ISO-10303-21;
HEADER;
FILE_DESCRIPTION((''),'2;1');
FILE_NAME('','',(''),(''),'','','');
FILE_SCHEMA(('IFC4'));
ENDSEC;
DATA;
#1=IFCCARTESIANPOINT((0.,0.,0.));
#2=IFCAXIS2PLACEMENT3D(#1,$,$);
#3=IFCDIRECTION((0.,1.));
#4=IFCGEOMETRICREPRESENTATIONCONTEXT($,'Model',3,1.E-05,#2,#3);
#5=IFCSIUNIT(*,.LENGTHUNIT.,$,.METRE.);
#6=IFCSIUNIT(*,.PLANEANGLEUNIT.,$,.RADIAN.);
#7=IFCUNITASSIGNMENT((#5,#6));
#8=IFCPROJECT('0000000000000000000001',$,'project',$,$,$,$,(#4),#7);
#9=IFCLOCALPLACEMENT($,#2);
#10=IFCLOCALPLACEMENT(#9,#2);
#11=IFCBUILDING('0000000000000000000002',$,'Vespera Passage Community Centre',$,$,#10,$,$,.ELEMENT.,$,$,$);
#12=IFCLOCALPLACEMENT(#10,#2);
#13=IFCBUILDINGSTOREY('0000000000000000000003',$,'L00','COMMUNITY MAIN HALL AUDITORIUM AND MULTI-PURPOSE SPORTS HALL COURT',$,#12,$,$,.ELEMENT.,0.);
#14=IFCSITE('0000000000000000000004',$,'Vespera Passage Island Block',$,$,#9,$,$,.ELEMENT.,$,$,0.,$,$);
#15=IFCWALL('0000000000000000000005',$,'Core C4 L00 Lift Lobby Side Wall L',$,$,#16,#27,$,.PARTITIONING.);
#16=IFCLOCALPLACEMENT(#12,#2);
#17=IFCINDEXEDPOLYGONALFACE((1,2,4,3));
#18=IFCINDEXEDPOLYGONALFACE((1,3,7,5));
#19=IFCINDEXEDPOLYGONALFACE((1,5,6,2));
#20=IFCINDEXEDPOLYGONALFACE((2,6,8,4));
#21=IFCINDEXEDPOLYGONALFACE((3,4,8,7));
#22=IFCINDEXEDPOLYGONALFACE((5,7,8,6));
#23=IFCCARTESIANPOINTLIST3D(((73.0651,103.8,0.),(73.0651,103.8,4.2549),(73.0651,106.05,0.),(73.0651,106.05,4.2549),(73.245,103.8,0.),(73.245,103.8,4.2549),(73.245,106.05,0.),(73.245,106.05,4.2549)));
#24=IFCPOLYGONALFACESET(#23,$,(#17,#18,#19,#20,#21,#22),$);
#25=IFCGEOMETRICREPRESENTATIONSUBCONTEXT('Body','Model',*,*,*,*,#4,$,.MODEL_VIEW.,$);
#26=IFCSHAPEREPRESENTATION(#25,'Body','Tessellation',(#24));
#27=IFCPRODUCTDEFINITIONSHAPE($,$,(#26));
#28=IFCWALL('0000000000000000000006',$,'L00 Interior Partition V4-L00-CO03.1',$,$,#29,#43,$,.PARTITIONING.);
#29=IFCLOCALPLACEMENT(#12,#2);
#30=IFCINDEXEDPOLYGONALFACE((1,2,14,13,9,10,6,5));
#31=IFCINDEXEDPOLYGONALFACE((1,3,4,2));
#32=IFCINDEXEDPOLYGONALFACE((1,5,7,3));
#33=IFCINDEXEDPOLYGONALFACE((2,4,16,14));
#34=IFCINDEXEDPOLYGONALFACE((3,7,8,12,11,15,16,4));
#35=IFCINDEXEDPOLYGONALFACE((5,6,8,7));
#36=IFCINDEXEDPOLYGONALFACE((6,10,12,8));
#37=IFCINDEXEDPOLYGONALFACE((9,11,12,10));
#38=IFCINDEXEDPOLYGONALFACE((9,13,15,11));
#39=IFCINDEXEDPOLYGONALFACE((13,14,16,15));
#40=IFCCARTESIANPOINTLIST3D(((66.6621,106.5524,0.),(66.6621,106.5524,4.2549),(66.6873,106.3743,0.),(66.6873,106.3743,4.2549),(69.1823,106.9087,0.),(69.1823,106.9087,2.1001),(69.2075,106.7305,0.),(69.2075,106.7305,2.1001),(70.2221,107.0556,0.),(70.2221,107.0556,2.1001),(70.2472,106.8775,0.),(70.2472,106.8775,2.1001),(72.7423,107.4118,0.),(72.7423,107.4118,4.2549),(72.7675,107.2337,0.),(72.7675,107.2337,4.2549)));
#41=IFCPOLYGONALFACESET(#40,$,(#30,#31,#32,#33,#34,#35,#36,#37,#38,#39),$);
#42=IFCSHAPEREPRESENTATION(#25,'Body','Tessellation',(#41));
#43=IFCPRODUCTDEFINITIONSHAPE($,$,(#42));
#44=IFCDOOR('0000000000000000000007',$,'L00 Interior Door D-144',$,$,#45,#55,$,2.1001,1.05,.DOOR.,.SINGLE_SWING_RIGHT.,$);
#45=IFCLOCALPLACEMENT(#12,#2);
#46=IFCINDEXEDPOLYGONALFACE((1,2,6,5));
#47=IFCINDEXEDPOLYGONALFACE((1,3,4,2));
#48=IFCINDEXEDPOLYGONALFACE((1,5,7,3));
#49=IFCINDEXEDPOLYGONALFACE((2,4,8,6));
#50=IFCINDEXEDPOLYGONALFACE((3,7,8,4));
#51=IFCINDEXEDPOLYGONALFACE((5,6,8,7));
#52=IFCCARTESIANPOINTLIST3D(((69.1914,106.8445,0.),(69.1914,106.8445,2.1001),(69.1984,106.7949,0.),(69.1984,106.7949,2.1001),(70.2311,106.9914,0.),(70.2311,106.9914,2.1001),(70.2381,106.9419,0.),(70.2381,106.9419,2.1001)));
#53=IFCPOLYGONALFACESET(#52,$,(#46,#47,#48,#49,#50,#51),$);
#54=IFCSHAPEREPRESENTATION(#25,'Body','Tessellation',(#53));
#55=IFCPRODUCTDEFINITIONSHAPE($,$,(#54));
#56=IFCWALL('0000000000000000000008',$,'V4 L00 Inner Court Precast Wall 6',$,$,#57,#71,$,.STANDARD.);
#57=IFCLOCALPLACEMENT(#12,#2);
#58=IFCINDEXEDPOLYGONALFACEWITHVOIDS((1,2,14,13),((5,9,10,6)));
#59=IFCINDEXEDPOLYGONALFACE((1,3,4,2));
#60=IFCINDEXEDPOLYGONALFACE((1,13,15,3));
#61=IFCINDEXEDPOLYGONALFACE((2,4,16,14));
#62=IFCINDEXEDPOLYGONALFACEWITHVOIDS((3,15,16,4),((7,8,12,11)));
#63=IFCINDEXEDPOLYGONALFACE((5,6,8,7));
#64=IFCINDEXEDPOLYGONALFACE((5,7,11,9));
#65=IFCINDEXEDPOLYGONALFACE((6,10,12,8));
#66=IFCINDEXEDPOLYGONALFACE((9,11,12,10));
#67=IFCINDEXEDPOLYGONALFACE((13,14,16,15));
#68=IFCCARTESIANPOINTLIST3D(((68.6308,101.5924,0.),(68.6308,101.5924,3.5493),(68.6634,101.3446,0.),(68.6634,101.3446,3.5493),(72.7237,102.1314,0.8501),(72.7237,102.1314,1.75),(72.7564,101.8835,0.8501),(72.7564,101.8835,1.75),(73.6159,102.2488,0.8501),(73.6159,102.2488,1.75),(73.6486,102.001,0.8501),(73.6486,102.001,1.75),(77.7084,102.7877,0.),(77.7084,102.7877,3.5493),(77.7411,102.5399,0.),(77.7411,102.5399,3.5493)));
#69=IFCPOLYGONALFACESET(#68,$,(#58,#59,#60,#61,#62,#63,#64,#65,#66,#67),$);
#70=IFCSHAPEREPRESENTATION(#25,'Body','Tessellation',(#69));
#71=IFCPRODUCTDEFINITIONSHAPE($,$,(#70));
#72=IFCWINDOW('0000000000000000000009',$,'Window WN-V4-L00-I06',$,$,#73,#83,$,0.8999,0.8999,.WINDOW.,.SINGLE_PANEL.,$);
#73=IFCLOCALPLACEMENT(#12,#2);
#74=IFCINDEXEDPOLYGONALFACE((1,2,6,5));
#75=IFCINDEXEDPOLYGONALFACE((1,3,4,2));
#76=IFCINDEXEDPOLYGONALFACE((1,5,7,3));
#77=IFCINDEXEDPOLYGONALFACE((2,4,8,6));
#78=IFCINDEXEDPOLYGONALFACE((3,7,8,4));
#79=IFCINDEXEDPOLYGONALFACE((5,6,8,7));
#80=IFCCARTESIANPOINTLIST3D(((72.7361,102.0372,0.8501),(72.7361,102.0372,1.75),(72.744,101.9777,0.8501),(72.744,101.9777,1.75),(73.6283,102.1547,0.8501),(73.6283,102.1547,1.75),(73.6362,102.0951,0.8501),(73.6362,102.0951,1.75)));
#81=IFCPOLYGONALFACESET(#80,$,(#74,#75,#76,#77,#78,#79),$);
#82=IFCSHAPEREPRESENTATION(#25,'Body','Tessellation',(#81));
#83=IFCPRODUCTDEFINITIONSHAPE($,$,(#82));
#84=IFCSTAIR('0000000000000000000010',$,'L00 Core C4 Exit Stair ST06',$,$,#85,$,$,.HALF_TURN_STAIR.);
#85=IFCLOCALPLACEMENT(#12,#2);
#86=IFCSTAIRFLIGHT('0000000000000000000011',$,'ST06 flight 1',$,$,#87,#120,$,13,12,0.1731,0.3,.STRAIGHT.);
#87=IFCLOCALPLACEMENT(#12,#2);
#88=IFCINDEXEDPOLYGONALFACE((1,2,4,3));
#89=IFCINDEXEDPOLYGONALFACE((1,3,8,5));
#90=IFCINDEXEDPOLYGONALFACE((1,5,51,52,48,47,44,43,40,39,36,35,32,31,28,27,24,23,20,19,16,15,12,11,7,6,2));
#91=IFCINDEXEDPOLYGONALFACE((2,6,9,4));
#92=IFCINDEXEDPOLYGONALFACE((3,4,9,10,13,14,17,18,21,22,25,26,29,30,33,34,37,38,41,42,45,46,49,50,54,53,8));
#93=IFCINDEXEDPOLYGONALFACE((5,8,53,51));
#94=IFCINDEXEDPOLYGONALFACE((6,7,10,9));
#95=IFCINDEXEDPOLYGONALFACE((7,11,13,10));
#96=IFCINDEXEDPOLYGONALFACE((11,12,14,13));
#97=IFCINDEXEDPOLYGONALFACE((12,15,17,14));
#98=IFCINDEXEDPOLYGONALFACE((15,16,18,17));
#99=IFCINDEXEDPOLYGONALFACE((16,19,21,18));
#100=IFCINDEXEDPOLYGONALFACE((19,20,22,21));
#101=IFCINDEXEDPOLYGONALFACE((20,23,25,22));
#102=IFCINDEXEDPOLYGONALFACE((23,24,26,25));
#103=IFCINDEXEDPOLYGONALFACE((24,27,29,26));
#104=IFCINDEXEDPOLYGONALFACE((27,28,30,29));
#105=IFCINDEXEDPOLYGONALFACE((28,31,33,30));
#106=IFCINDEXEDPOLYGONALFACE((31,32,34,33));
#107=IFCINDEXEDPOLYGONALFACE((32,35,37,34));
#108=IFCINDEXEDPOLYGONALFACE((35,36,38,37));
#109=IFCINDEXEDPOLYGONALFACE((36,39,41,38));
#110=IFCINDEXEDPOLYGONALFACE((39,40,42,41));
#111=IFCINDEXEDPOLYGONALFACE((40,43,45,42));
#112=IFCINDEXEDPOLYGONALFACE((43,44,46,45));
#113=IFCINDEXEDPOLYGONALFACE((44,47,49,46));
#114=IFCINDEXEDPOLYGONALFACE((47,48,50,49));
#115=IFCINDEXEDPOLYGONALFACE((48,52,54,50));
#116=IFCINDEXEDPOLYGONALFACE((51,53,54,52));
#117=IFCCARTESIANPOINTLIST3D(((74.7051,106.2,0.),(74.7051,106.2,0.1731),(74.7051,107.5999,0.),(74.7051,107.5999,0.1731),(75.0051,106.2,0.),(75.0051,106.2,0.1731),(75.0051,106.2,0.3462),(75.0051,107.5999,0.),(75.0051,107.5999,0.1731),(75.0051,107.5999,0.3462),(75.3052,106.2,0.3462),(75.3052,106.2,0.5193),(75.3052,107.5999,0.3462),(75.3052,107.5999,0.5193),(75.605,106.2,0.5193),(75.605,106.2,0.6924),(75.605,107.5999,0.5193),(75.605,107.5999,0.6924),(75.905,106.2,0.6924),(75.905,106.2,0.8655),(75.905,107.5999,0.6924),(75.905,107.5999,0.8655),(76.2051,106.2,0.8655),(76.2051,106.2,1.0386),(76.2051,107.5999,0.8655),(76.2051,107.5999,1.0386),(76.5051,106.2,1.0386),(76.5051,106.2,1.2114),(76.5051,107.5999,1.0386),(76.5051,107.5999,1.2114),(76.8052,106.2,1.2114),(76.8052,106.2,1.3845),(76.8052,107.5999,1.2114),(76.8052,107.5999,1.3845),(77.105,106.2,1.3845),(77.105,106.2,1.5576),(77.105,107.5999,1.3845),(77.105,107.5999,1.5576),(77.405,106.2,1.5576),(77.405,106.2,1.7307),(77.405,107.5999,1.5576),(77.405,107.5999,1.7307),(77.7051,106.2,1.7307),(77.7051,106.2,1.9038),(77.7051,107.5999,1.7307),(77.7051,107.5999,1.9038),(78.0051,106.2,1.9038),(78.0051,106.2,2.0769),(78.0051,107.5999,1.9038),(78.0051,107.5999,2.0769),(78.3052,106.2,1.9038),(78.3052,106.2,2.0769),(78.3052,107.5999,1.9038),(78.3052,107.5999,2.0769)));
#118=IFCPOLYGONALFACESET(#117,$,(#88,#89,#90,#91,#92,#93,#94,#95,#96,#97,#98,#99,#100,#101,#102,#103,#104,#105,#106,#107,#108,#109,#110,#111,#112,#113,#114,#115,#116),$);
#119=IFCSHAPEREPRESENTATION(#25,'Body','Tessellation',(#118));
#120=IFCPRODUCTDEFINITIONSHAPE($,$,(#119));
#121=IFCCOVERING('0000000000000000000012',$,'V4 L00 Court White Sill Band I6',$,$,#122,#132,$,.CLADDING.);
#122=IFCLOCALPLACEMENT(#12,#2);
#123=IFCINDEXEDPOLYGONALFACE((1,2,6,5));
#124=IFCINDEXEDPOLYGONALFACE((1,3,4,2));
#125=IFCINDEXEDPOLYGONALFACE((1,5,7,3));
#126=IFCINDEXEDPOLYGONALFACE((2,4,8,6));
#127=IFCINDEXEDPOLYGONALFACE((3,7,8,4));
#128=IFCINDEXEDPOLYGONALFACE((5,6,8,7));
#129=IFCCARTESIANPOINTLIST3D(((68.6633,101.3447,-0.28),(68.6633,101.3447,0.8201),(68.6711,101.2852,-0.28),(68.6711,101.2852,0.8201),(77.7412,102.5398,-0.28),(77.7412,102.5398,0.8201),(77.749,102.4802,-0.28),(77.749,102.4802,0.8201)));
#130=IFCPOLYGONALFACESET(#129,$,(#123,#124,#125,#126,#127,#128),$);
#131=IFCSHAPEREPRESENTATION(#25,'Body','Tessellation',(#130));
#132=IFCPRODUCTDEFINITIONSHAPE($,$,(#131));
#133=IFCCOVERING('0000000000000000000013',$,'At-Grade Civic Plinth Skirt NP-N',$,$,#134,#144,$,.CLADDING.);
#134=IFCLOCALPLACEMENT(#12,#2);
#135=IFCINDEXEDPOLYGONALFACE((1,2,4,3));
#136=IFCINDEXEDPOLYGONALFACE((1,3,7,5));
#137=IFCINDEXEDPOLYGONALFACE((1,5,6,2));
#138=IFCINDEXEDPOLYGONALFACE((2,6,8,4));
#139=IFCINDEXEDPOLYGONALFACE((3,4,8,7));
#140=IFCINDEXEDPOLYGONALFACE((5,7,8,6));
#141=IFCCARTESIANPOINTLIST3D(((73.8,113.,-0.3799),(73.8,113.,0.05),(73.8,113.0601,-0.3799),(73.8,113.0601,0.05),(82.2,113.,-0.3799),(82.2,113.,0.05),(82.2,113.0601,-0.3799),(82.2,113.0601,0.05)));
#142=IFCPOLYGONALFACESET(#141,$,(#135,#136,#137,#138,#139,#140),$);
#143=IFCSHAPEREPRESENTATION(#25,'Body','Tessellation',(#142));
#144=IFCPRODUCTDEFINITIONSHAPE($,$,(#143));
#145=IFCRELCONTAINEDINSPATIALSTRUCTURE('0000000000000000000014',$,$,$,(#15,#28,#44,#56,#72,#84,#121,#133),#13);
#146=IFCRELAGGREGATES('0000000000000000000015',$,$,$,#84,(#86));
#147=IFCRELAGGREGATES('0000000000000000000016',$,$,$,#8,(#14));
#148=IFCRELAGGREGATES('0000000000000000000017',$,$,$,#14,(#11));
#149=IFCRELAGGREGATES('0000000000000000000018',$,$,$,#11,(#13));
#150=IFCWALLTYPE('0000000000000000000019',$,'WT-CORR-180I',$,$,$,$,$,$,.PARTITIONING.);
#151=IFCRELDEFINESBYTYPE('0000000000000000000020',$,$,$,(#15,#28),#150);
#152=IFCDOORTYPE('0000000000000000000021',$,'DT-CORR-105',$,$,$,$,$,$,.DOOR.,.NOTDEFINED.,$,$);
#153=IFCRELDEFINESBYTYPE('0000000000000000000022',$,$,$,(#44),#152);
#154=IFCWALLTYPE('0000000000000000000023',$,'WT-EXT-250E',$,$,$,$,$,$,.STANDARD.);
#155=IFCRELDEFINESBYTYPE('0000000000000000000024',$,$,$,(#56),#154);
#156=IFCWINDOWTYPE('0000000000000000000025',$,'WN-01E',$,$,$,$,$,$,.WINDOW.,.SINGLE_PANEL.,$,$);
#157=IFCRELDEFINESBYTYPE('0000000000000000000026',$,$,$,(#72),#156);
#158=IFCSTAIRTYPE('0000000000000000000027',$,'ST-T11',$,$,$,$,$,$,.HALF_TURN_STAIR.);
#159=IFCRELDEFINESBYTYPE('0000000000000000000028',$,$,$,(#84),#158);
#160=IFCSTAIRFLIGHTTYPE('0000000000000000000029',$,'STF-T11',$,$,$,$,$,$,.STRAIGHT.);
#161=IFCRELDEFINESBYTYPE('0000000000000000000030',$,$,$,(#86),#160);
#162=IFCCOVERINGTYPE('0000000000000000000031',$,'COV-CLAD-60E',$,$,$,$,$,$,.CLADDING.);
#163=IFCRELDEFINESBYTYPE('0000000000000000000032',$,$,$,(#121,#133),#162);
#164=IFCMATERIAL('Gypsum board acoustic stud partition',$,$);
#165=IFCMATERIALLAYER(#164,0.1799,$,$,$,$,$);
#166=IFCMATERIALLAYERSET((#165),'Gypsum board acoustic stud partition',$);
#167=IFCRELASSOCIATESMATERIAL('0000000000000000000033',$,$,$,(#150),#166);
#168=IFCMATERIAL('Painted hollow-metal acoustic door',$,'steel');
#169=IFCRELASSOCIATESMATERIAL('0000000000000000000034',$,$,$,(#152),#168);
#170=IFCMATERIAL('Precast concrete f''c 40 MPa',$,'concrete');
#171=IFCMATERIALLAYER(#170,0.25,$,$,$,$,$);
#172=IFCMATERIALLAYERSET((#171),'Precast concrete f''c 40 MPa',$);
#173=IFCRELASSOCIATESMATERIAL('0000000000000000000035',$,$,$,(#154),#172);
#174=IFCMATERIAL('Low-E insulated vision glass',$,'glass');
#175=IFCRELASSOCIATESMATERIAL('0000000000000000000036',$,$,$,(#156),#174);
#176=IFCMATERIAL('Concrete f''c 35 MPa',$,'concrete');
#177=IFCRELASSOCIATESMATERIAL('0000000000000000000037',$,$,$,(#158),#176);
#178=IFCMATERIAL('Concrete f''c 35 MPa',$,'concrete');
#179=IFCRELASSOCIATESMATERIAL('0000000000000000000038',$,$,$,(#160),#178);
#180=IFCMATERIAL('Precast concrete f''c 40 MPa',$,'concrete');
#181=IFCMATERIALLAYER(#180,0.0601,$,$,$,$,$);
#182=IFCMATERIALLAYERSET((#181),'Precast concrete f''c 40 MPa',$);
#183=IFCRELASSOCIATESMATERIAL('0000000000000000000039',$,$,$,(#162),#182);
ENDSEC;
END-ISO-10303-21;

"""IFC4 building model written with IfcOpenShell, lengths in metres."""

from ifc_helpers import new_model, si_unit, direction, frame, frame_2d, origin, place, context, subcontext, project, spatial, polyline, rectangle, outline, extrude, material, layer, layer_set, type_object, element, fill, aggregate, save


model = new_model("IFC4")

# Units and contexts
model_context = context("Model", 3, precision=1e-05, world=origin(), true_north=direction((0.0, 1.0)))
body_context = subcontext(model_context, "Body", "Model", "MODEL_VIEW")
ifc_project = project(units=[si_unit("LENGTHUNIT", "METRE"), si_unit("PLANEANGLEUNIT", "RADIAN")], contexts=[model_context])

# Site, building, storey
site_placement = place(None, origin())
site = spatial("IfcSite", under=ifc_project, at=site_placement, Name="Vespera Passage Island Block", CompositionType="ELEMENT", RefElevation=0.0)
building_placement = place(site_placement, origin())
building = spatial("IfcBuilding", under=site, at=building_placement, Name="Vespera Passage Community Centre", CompositionType="ELEMENT")
storey_placement = place(building_placement, origin())
storey = spatial("IfcBuildingStorey", under=building, at=storey_placement, Name="L00", Description="COMMUNITY MAIN HALL AUDITORIUM AND MULTI-PURPOSE SPORTS HALL COURT", CompositionType="ELEMENT", Elevation=0.0)

# Shared definitions
ifc_material_1 = material(Name="Gypsum board acoustic stud partition")
ifc_layer_1 = layer(ifc_material_1, 0.1799)
ifc_layer_set_1 = layer_set([ifc_layer_1], Name="Gypsum board acoustic stud partition")
wall_type_1 = type_object("IfcWallType", Name="WT-CORR-180I", PredefinedType="PARTITIONING", material=ifc_layer_set_1)

# Wall
wall_1_placement = place(storey_placement, frame((73.155, 106.05, 0.0), z_axis=(0.0, 0.0, 1.0), x_axis=(0.0, -1.0, 0.0)))
element("IfcWall", 1, at=wall_1_placement, inside=storey, type_object=wall_type_1, Name="Core C4 L00 Lift Lobby Side Wall L", PredefinedType="PARTITIONING", context=body_context, shape_type="SweptSolid", body=[
    extrude(rectangle(XDim=2.25, YDim=0.1799, at=frame_2d((1.125, 0.0))), origin(), (0.0, 0.0, 1.0), 4.2549),
])

# Wall, opening, door
wall_2_placement = place(storey_placement, frame((72.7549, 107.3228, 0.0), z_axis=(0.0, 0.0, 1.0), x_axis=(-0.990158, -0.139952, 0.0)))
wall_2 = element("IfcWall", 2, at=wall_2_placement, inside=storey, type_object=wall_type_1, Name="L00 Interior Partition V4-L00-CO03.1", PredefinedType="PARTITIONING", context=body_context, shape_type="SweptSolid", body=[
    extrude(rectangle(XDim=6.1406, YDim=0.1799, at=frame_2d((3.0703, 0.0))), origin(), (0.0, 0.0, 1.0), 4.2549),
])
opening_1_placement = place(wall_2_placement, frame((2.5454, 0.0, 0.0)))
opening_1 = element("IfcOpeningElement", 3, at=opening_1_placement, cuts=wall_2, PredefinedType="OPENING", context=body_context, shape_type="SweptSolid", body=[
    extrude(rectangle(XDim=1.05, YDim=2.1001, at=frame_2d((0.5249, 1.05))), frame((0.0, 0.0999, 0.0), z_axis=(0.0, -1.0, 0.0), x_axis=(1.0, 0.0, 0.0)), (0.0, 0.0, 1.0), 0.2),
])
ifc_material_2 = material(Name="Painted hollow-metal acoustic door", Category="steel")
door_type_1 = type_object("IfcDoorType", Name="DT-CORR-105", OperationType="NOTDEFINED", PredefinedType="DOOR", material=ifc_material_2)
door_1_placement = place(opening_1_placement, origin())
door_1 = element("IfcDoor", 4, at=door_1_placement, inside=storey, type_object=door_type_1, Name="L00 Interior Door D-144", OperationType="SINGLE_SWING_RIGHT", OverallHeight=2.1001, OverallWidth=1.05, PredefinedType="DOOR", context=body_context, shape_type="SweptSolid", body=[
    extrude(rectangle(XDim=1.05, YDim=2.1001, at=frame_2d((0.5249, 1.05))), frame((0.0, 0.0249, 0.0), z_axis=(0.0, -1.0, 0.0), x_axis=(1.0, 0.0, 0.0)), (0.0, 0.0, 1.0), 0.05),
])
fill(opening_1, door_1)

# Wall, opening, window
ifc_material_3 = material(Name="Precast concrete f'c 40 MPa", Category="concrete")
ifc_layer_2 = layer(ifc_material_3, 0.25)
ifc_layer_set_2 = layer_set([ifc_layer_2], Name="Precast concrete f'c 40 MPa")
wall_type_2 = type_object("IfcWallType", Name="WT-EXT-250E", PredefinedType="STANDARD", material=ifc_layer_set_2)
wall_3_placement = place(storey_placement, frame((77.7249, 102.6638, 0.0), z_axis=(0.0, 0.0, 1.0), x_axis=(-0.991442, -0.13055, 0.0)))
wall_3 = element("IfcWall", 5, at=wall_3_placement, inside=storey, type_object=wall_type_2, Name="V4 L00 Inner Court Precast Wall 6", PredefinedType="STANDARD", context=body_context, shape_type="SweptSolid", body=[
    extrude(rectangle(XDim=9.156, YDim=0.25, at=frame_2d((4.5781, 0.0))), origin(), (0.0, 0.0, 1.0), 3.5493),
])
opening_2_placement = place(wall_3_placement, frame((4.1279, 0.0, 0.8501)))
opening_2 = element("IfcOpeningElement", 6, at=opening_2_placement, cuts=wall_3, PredefinedType="OPENING", context=body_context, shape_type="SweptSolid", body=[
    extrude(rectangle(XDim=0.8999, YDim=0.8999, at=frame_2d((0.45, 0.45))), frame((0.0, 0.135, 0.0), z_axis=(0.0, -1.0, 0.0), x_axis=(1.0, 0.0, 0.0)), (0.0, 0.0, 1.0), 0.27),
])
ifc_material_4 = material(Name="Low-E insulated vision glass", Category="glass")
window_type = type_object("IfcWindowType", Name="WN-01E", PartitioningType="SINGLE_PANEL", PredefinedType="WINDOW", material=ifc_material_4)
window_placement = place(opening_2_placement, origin())
window = element("IfcWindow", 7, at=window_placement, inside=storey, type_object=window_type, Name="Window WN-V4-L00-I06", OverallHeight=0.8999, OverallWidth=0.8999, PartitioningType="SINGLE_PANEL", PredefinedType="WINDOW", context=body_context, shape_type="SweptSolid", body=[
    extrude(rectangle(XDim=0.8999, YDim=0.8999, at=frame_2d((0.45, 0.45))), frame((0.0, 0.03, 0.0), z_axis=(0.0, -1.0, 0.0), x_axis=(1.0, 0.0, 0.0)), (0.0, 0.0, 1.0), 0.0601),
])
fill(opening_2, window)

# Stair, stair flight
ifc_material_5 = material(Name="Concrete f'c 35 MPa", Category="concrete")
stair_type = type_object("IfcStairType", Name="ST-T11", PredefinedType="HALF_TURN_STAIR", material=ifc_material_5)
stair_placement = place(storey_placement, origin())
stair = element("IfcStair", 8, at=stair_placement, inside=storey, type_object=stair_type, Name="L00 Core C4 Exit Stair ST06", PredefinedType="HALF_TURN_STAIR")
ifc_material_6 = material(Name="Concrete f'c 35 MPa", Category="concrete")
stair_flight_type = type_object("IfcStairFlightType", Name="STF-T11", PredefinedType="STRAIGHT", material=ifc_material_6)
stair_flight_placement = place(storey_placement, frame((74.7051, 106.8999, 0.0), z_axis=(0.0, 0.0, 1.0), x_axis=(1.0, 0.0, 0.0)))
stair_flight = element("IfcStairFlight", 9, at=stair_flight_placement, type_object=stair_flight_type, Name="ST06 flight 1", NumberOfRisers=13, NumberOfTreads=12, PredefinedType="STRAIGHT", RiserHeight=0.1731, TreadLength=0.3, context=body_context, shape_type="SweptSolid", body=[
    extrude(outline(polyline([(0.0, 0.0), (0.0, 0.1731), (0.3, 0.1731), (0.3, 0.3462), (0.6001, 0.3462), (0.6001, 0.5193), (0.8999, 0.5193), (0.8999, 0.6924), (1.2, 0.6924), (1.2, 0.8655), (1.5, 0.8655), (1.5, 1.0386), (1.8, 1.0386), (1.8, 1.2114), (2.1001, 1.2114), (2.1001, 1.3845), (2.3999, 1.3845), (2.3999, 1.5576), (2.7, 1.5576), (2.7, 1.7307), (3.0, 1.7307), (3.0, 1.9038), (3.3, 1.9038), (3.3, 2.0769), (3.6001, 2.0769), (3.6001, 2.25), (3.6001, 1.9038), (0.3, 0.0), (0.0, 0.0)])), frame((0.0, 0.7, 0.0), z_axis=(0.0, -1.0, 0.0), x_axis=(1.0, 0.0, 0.0)), (0.0, 0.0, 1.0), 1.3999),
])
aggregate(stair, [stair_flight])

# Coverings
ifc_material_7 = material(Name="Precast concrete f'c 40 MPa", Category="concrete")
ifc_layer_3 = layer(ifc_material_7, 0.0601)
ifc_layer_set_3 = layer_set([ifc_layer_3], Name="Precast concrete f'c 40 MPa")
covering_type = type_object("IfcCoveringType", Name="COV-CLAD-60E", PredefinedType="CLADDING", material=ifc_layer_set_3)
covering_1_placement = place(storey_placement, frame((77.7451, 102.51, -0.28), z_axis=(0.0, 0.0, 1.0), x_axis=(-0.991446, -0.13052, 0.0)))
element("IfcCovering", 10, at=covering_1_placement, inside=storey, type_object=covering_type, Name="V4 L00 Court White Sill Band I6", PredefinedType="CLADDING", context=body_context, shape_type="SweptSolid", body=[
    extrude(rectangle(XDim=9.1562, YDim=0.0601, at=frame_2d((4.5781, 0.0))), origin(), (0.0, 0.0, 1.0), 1.1001),
])
covering_2_placement = place(storey_placement, frame((73.8, 113.03, -0.3799), z_axis=(0.0, 0.0, 1.0), x_axis=(1.0, 0.0, 0.0)))
element("IfcCovering", 11, at=covering_2_placement, inside=storey, type_object=covering_type, Name="At-Grade Civic Plinth Skirt NP-N", PredefinedType="CLADDING", context=body_context, shape_type="SweptSolid", body=[
    extrude(rectangle(XDim=8.3999, YDim=0.0601, at=frame_2d((4.2, 0.0))), origin(), (0.0, 0.0, 1.0), 0.4299),
])

save(model, "model.ifc")
